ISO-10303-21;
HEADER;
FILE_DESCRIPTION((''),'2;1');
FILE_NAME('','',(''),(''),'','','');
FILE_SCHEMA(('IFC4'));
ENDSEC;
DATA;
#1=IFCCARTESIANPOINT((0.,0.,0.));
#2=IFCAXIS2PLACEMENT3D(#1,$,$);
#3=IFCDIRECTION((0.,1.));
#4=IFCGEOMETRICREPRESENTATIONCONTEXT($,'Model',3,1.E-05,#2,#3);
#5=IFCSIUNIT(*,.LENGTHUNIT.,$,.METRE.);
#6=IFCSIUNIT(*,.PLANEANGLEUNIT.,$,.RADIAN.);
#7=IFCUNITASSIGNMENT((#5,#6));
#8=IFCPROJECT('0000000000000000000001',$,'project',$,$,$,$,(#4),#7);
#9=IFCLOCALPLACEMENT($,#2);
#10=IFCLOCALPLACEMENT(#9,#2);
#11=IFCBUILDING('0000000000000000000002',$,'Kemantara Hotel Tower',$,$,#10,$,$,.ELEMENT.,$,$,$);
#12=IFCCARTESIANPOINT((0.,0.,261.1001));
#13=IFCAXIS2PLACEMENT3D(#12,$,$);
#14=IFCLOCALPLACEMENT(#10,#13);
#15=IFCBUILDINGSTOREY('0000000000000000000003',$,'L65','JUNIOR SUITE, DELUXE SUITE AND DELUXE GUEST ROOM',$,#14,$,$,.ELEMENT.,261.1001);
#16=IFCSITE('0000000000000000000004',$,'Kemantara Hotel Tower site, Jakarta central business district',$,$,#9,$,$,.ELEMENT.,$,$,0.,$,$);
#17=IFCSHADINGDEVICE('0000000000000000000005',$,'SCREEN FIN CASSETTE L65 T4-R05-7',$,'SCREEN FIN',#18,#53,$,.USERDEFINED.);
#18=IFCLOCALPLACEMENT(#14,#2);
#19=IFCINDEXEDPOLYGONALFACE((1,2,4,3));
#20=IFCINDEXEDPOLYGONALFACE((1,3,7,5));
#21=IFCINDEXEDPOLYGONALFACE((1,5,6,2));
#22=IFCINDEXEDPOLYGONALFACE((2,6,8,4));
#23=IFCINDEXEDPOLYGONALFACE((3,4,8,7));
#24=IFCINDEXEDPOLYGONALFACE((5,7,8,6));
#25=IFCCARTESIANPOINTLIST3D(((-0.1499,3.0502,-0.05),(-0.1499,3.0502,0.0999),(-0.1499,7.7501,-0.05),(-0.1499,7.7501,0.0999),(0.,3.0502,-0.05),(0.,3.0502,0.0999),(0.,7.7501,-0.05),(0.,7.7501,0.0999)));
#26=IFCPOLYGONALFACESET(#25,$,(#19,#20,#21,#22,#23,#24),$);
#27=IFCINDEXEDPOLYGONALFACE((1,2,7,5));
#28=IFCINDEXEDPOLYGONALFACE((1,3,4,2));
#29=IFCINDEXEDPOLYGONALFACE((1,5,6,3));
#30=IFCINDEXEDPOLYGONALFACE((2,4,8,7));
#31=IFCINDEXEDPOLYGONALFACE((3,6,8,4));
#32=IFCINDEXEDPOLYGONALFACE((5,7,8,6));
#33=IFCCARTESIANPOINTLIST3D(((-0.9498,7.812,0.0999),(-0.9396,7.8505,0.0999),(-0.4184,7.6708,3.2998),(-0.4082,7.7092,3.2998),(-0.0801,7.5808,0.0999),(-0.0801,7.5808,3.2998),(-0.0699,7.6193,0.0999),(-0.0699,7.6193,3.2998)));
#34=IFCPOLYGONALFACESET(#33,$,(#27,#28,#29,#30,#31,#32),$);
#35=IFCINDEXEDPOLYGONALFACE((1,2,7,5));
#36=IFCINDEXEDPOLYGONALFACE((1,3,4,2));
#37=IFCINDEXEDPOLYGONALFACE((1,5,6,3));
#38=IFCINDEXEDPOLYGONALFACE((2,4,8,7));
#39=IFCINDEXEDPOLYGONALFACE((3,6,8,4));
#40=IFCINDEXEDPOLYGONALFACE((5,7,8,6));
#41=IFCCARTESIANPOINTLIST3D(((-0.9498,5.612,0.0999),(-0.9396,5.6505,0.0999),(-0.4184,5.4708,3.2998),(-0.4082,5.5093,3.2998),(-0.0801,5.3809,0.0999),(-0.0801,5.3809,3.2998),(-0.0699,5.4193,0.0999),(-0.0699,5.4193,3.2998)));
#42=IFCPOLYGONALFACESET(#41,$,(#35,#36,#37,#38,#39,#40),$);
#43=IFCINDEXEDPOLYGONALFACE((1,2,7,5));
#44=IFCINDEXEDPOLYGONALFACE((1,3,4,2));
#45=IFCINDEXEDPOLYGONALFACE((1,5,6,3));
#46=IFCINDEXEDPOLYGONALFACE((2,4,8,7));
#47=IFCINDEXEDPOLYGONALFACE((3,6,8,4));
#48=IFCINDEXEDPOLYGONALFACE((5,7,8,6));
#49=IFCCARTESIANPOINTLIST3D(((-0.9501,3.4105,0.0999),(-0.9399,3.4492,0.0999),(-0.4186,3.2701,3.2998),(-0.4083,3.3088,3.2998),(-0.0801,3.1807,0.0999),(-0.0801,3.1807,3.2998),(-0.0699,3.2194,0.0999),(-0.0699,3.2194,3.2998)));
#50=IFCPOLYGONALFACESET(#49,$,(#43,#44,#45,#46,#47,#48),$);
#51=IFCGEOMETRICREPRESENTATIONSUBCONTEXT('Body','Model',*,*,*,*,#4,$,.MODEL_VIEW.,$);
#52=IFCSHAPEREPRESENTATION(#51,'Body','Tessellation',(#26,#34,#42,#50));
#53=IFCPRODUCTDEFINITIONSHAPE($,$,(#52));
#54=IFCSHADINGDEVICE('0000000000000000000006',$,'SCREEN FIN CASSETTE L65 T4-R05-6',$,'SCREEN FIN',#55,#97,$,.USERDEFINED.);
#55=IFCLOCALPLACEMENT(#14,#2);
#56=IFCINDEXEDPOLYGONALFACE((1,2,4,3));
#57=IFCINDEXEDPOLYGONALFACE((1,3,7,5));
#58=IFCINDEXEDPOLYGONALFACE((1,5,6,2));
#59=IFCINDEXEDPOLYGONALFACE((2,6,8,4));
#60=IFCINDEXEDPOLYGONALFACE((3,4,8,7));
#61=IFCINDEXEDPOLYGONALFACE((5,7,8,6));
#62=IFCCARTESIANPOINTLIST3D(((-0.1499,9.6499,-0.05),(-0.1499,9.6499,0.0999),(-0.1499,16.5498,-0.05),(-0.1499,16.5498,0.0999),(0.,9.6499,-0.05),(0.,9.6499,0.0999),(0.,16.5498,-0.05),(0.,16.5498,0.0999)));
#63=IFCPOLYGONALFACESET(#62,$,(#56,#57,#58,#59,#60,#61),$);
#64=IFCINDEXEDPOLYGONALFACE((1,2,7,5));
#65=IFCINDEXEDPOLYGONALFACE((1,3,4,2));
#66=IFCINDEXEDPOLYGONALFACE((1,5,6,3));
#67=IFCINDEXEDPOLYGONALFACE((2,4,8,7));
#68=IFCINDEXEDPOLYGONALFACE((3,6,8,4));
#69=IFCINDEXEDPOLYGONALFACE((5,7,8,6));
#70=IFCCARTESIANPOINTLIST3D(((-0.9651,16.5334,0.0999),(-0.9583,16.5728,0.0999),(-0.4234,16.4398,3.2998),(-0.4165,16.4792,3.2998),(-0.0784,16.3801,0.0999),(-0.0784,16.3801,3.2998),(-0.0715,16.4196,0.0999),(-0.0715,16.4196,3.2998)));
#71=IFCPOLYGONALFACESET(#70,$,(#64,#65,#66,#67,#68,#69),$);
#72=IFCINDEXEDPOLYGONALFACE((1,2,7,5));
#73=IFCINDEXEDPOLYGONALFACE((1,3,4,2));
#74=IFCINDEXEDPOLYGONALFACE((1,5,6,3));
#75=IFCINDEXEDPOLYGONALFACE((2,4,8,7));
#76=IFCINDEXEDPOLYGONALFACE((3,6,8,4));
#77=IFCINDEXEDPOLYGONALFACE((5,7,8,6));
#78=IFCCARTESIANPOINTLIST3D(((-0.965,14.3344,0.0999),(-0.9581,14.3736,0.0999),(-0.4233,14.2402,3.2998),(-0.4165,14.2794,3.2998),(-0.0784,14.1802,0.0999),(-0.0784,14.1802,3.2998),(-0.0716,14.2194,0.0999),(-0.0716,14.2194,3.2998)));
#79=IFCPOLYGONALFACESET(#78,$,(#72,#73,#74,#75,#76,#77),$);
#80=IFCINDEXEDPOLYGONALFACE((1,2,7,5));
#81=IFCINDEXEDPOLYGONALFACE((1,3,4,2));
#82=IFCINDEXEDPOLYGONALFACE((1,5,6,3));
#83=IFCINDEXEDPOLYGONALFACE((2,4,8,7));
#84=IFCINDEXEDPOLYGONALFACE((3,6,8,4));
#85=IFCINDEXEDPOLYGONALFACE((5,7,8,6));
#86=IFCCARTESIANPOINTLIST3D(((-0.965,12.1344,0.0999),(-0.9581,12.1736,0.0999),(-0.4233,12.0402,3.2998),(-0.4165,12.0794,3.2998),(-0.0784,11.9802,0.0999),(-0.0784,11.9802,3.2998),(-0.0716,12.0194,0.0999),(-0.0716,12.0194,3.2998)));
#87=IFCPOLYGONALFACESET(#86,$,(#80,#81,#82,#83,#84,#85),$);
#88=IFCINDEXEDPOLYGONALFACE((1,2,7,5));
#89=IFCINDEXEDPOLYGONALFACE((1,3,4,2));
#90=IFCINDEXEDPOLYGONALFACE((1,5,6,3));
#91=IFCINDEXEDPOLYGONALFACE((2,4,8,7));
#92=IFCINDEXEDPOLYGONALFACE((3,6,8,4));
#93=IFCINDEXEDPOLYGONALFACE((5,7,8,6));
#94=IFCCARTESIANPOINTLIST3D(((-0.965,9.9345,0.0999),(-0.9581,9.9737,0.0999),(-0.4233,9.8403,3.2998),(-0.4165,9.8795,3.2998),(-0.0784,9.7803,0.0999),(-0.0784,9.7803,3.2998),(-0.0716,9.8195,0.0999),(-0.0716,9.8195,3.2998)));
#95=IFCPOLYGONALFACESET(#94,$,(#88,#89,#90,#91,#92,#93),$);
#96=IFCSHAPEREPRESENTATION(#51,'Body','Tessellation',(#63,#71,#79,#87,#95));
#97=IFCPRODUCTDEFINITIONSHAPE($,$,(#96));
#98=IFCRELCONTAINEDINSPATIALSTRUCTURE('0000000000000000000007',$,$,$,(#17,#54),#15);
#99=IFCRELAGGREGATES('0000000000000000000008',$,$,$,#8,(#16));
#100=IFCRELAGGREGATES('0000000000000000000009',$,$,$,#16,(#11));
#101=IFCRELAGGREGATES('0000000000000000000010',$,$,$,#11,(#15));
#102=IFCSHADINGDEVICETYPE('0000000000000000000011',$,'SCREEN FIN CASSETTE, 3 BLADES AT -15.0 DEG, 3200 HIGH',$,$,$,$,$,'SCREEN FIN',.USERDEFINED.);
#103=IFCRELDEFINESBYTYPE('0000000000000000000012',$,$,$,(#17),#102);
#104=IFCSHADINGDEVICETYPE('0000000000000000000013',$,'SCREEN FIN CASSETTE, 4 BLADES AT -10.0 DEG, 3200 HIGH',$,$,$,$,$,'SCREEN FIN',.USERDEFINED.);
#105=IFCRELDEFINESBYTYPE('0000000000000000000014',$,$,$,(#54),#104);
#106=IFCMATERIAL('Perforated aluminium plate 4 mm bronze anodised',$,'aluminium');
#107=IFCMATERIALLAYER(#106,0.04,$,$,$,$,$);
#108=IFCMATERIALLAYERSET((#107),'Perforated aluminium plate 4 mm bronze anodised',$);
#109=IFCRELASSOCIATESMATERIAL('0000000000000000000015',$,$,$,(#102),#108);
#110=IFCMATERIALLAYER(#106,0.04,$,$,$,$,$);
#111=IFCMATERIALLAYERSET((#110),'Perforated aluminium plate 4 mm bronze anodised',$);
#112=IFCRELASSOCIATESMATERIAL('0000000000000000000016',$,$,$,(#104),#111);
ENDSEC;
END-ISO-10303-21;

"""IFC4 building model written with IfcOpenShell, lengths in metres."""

from ifc_helpers import new_model, si_unit, direction, frame, origin, origin_2d, place, context, subcontext, project, spatial, polyline, rectangle, outline, extrude, source, transform, mapped, material, layer, layer_set, type_object, element, save


model = new_model("IFC4")

# Units and contexts
model_context = context("Model", 3, precision=1e-05, world=origin(), true_north=direction((0.0, 1.0)))
body_context = subcontext(model_context, "Body", "Model", "MODEL_VIEW")
ifc_project = project(units=[si_unit("LENGTHUNIT", "METRE"), si_unit("PLANEANGLEUNIT", "RADIAN")], contexts=[model_context])

# Site, building, storey
site_placement = place(None, origin())
site = spatial("IfcSite", under=ifc_project, at=site_placement, Name="Kemantara Hotel Tower site, Jakarta central business district", CompositionType="ELEMENT", RefElevation=0.0)
building_placement = place(site_placement, origin())
building = spatial("IfcBuilding", under=site, at=building_placement, Name="Kemantara Hotel Tower", CompositionType="ELEMENT")
storey_placement = place(building_placement, frame((0.0, 0.0, 261.1001)))
storey = spatial("IfcBuildingStorey", under=building, at=storey_placement, Name="L65", Description="JUNIOR SUITE, DELUXE SUITE AND DELUXE GUEST ROOM", CompositionType="ELEMENT", Elevation=261.1001)

# Shading devices
ifc_material_1 = material(Name="Perforated aluminium plate 4 mm bronze anodised", Category="aluminium")
ifc_layer_1 = layer(ifc_material_1, 0.04)
ifc_layer_set_1 = layer_set([ifc_layer_1], Name="Perforated aluminium plate 4 mm bronze anodised")
shading_device_type_1 = type_object("IfcShadingDeviceType", Name="SCREEN FIN CASSETTE, 3 BLADES AT -15.0 DEG, 3200 HIGH", ElementType="SCREEN FIN", PredefinedType="USERDEFINED", material=ifc_layer_set_1)
shared_shape_1 = source(origin(), body_context, "Body", "SweptSolid", [
    extrude(rectangle(XDim=4.7, YDim=0.1499, at=origin_2d()), frame((2.2, -0.075, -0.1499), z_axis=(0.0, 0.0, 1.0), x_axis=(1.0, 0.0, 0.0)), (0.0, 0.0, 1.0), 0.1499),
    extrude(outline(polyline([(0.0, 0.0), (0.8999, 0.0), (0.3501, 3.2), (0.0, 3.2), (0.0, 0.0)])), frame((0.0193, -0.0801, 0.0), z_axis=(-0.966438, 0.256901, 0.0), x_axis=(-0.256901, -0.966438, 0.0)), (0.0, 0.0, 1.0), 0.0398),
    extrude(outline(polyline([(0.0, 0.0), (0.8999, 0.0), (0.3501, 3.2), (0.0, 3.2), (0.0, 0.0)])), frame((2.2192, -0.0801, 0.0), z_axis=(-0.966438, 0.256901, 0.0), x_axis=(-0.256901, -0.966438, 0.0)), (0.0, 0.0, 1.0), 0.0398),
    extrude(outline(polyline([(0.0, 0.0), (0.8999, 0.0), (0.3501, 3.2), (0.0, 3.2), (0.0, 0.0)])), frame((4.4194, -0.0801, 0.0), z_axis=(-0.966838, 0.255391, 0.0), x_axis=(-0.255391, -0.966838, 0.0)), (0.0, 0.0, 1.0), 0.04),
])
shading_device_1_placement = place(storey_placement, frame((0.0, 7.6001, 0.0999), z_axis=(0.0, 0.0, 1.0), x_axis=(0.0, -1.0, 0.0)))
element("IfcShadingDevice", 1, at=shading_device_1_placement, inside=storey, type_object=shading_device_type_1, Name="SCREEN FIN CASSETTE L65 T4-R05-7", ObjectType="SCREEN FIN", PredefinedType="USERDEFINED", context=body_context, shape_type="MappedRepresentation", body=[
    mapped(shared_shape_1, transform((0.0, 0.0, 0.0))),
])
ifc_layer_2 = layer(ifc_material_1, 0.04)
ifc_layer_set_2 = layer_set([ifc_layer_2], Name="Perforated aluminium plate 4 mm bronze anodised")
shading_device_type_2 = type_object("IfcShadingDeviceType", Name="SCREEN FIN CASSETTE, 4 BLADES AT -10.0 DEG, 3200 HIGH", ElementType="SCREEN FIN", PredefinedType="USERDEFINED", material=ifc_layer_set_2)
shared_shape_2 = source(origin(), body_context, "Body", "SweptSolid", [
    extrude(rectangle(XDim=6.8999, YDim=0.1499, at=origin_2d()), frame((3.3, -0.075, -0.1499), z_axis=(0.0, 0.0, 1.0), x_axis=(1.0, 0.0, 0.0)), (0.0, 0.0, 1.0), 0.1499),
    extrude(outline(polyline([(0.0, 0.0), (0.8999, 0.0), (0.3501, 3.2), (0.0, 3.2), (0.0, 0.0)])), frame((0.0198, -0.0784, 0.0), z_axis=(-0.98539, 0.170314, 0.0), x_axis=(-0.170314, -0.98539, 0.0)), (0.0, 0.0, 1.0), 0.04),
    extrude(outline(polyline([(0.0, 0.0), (0.8999, 0.0), (0.3501, 3.2), (0.0, 3.2), (0.0, 0.0)])), frame((2.2197, -0.0784, 0.0), z_axis=(-0.985212, 0.171341, 0.0), x_axis=(-0.171341, -0.985212, 0.0)), (0.0, 0.0, 1.0), 0.0398),
    extrude(outline(polyline([(0.0, 0.0), (0.8999, 0.0), (0.3501, 3.2), (0.0, 3.2), (0.0, 0.0)])), frame((4.4197, -0.0784, 0.0), z_axis=(-0.985212, 0.171341, 0.0), x_axis=(-0.171341, -0.985212, 0.0)), (0.0, 0.0, 1.0), 0.0398),
    extrude(outline(polyline([(0.0, 0.0), (0.8999, 0.0), (0.3501, 3.2), (0.0, 3.2), (0.0, 0.0)])), frame((6.6196, -0.0784, 0.0), z_axis=(-0.985212, 0.171341, 0.0), x_axis=(-0.171341, -0.985212, 0.0)), (0.0, 0.0, 1.0), 0.0398),
])
shading_device_2_placement = place(storey_placement, frame((0.0, 16.3999, 0.0999), z_axis=(0.0, 0.0, 1.0), x_axis=(0.0, -1.0, 0.0)))
element("IfcShadingDevice", 2, at=shading_device_2_placement, inside=storey, type_object=shading_device_type_2, Name="SCREEN FIN CASSETTE L65 T4-R05-6", ObjectType="SCREEN FIN", PredefinedType="USERDEFINED", context=body_context, shape_type="MappedRepresentation", body=[
    mapped(shared_shape_2, transform((0.0, 0.0, 0.0))),
])

save(model, "model.ifc")
